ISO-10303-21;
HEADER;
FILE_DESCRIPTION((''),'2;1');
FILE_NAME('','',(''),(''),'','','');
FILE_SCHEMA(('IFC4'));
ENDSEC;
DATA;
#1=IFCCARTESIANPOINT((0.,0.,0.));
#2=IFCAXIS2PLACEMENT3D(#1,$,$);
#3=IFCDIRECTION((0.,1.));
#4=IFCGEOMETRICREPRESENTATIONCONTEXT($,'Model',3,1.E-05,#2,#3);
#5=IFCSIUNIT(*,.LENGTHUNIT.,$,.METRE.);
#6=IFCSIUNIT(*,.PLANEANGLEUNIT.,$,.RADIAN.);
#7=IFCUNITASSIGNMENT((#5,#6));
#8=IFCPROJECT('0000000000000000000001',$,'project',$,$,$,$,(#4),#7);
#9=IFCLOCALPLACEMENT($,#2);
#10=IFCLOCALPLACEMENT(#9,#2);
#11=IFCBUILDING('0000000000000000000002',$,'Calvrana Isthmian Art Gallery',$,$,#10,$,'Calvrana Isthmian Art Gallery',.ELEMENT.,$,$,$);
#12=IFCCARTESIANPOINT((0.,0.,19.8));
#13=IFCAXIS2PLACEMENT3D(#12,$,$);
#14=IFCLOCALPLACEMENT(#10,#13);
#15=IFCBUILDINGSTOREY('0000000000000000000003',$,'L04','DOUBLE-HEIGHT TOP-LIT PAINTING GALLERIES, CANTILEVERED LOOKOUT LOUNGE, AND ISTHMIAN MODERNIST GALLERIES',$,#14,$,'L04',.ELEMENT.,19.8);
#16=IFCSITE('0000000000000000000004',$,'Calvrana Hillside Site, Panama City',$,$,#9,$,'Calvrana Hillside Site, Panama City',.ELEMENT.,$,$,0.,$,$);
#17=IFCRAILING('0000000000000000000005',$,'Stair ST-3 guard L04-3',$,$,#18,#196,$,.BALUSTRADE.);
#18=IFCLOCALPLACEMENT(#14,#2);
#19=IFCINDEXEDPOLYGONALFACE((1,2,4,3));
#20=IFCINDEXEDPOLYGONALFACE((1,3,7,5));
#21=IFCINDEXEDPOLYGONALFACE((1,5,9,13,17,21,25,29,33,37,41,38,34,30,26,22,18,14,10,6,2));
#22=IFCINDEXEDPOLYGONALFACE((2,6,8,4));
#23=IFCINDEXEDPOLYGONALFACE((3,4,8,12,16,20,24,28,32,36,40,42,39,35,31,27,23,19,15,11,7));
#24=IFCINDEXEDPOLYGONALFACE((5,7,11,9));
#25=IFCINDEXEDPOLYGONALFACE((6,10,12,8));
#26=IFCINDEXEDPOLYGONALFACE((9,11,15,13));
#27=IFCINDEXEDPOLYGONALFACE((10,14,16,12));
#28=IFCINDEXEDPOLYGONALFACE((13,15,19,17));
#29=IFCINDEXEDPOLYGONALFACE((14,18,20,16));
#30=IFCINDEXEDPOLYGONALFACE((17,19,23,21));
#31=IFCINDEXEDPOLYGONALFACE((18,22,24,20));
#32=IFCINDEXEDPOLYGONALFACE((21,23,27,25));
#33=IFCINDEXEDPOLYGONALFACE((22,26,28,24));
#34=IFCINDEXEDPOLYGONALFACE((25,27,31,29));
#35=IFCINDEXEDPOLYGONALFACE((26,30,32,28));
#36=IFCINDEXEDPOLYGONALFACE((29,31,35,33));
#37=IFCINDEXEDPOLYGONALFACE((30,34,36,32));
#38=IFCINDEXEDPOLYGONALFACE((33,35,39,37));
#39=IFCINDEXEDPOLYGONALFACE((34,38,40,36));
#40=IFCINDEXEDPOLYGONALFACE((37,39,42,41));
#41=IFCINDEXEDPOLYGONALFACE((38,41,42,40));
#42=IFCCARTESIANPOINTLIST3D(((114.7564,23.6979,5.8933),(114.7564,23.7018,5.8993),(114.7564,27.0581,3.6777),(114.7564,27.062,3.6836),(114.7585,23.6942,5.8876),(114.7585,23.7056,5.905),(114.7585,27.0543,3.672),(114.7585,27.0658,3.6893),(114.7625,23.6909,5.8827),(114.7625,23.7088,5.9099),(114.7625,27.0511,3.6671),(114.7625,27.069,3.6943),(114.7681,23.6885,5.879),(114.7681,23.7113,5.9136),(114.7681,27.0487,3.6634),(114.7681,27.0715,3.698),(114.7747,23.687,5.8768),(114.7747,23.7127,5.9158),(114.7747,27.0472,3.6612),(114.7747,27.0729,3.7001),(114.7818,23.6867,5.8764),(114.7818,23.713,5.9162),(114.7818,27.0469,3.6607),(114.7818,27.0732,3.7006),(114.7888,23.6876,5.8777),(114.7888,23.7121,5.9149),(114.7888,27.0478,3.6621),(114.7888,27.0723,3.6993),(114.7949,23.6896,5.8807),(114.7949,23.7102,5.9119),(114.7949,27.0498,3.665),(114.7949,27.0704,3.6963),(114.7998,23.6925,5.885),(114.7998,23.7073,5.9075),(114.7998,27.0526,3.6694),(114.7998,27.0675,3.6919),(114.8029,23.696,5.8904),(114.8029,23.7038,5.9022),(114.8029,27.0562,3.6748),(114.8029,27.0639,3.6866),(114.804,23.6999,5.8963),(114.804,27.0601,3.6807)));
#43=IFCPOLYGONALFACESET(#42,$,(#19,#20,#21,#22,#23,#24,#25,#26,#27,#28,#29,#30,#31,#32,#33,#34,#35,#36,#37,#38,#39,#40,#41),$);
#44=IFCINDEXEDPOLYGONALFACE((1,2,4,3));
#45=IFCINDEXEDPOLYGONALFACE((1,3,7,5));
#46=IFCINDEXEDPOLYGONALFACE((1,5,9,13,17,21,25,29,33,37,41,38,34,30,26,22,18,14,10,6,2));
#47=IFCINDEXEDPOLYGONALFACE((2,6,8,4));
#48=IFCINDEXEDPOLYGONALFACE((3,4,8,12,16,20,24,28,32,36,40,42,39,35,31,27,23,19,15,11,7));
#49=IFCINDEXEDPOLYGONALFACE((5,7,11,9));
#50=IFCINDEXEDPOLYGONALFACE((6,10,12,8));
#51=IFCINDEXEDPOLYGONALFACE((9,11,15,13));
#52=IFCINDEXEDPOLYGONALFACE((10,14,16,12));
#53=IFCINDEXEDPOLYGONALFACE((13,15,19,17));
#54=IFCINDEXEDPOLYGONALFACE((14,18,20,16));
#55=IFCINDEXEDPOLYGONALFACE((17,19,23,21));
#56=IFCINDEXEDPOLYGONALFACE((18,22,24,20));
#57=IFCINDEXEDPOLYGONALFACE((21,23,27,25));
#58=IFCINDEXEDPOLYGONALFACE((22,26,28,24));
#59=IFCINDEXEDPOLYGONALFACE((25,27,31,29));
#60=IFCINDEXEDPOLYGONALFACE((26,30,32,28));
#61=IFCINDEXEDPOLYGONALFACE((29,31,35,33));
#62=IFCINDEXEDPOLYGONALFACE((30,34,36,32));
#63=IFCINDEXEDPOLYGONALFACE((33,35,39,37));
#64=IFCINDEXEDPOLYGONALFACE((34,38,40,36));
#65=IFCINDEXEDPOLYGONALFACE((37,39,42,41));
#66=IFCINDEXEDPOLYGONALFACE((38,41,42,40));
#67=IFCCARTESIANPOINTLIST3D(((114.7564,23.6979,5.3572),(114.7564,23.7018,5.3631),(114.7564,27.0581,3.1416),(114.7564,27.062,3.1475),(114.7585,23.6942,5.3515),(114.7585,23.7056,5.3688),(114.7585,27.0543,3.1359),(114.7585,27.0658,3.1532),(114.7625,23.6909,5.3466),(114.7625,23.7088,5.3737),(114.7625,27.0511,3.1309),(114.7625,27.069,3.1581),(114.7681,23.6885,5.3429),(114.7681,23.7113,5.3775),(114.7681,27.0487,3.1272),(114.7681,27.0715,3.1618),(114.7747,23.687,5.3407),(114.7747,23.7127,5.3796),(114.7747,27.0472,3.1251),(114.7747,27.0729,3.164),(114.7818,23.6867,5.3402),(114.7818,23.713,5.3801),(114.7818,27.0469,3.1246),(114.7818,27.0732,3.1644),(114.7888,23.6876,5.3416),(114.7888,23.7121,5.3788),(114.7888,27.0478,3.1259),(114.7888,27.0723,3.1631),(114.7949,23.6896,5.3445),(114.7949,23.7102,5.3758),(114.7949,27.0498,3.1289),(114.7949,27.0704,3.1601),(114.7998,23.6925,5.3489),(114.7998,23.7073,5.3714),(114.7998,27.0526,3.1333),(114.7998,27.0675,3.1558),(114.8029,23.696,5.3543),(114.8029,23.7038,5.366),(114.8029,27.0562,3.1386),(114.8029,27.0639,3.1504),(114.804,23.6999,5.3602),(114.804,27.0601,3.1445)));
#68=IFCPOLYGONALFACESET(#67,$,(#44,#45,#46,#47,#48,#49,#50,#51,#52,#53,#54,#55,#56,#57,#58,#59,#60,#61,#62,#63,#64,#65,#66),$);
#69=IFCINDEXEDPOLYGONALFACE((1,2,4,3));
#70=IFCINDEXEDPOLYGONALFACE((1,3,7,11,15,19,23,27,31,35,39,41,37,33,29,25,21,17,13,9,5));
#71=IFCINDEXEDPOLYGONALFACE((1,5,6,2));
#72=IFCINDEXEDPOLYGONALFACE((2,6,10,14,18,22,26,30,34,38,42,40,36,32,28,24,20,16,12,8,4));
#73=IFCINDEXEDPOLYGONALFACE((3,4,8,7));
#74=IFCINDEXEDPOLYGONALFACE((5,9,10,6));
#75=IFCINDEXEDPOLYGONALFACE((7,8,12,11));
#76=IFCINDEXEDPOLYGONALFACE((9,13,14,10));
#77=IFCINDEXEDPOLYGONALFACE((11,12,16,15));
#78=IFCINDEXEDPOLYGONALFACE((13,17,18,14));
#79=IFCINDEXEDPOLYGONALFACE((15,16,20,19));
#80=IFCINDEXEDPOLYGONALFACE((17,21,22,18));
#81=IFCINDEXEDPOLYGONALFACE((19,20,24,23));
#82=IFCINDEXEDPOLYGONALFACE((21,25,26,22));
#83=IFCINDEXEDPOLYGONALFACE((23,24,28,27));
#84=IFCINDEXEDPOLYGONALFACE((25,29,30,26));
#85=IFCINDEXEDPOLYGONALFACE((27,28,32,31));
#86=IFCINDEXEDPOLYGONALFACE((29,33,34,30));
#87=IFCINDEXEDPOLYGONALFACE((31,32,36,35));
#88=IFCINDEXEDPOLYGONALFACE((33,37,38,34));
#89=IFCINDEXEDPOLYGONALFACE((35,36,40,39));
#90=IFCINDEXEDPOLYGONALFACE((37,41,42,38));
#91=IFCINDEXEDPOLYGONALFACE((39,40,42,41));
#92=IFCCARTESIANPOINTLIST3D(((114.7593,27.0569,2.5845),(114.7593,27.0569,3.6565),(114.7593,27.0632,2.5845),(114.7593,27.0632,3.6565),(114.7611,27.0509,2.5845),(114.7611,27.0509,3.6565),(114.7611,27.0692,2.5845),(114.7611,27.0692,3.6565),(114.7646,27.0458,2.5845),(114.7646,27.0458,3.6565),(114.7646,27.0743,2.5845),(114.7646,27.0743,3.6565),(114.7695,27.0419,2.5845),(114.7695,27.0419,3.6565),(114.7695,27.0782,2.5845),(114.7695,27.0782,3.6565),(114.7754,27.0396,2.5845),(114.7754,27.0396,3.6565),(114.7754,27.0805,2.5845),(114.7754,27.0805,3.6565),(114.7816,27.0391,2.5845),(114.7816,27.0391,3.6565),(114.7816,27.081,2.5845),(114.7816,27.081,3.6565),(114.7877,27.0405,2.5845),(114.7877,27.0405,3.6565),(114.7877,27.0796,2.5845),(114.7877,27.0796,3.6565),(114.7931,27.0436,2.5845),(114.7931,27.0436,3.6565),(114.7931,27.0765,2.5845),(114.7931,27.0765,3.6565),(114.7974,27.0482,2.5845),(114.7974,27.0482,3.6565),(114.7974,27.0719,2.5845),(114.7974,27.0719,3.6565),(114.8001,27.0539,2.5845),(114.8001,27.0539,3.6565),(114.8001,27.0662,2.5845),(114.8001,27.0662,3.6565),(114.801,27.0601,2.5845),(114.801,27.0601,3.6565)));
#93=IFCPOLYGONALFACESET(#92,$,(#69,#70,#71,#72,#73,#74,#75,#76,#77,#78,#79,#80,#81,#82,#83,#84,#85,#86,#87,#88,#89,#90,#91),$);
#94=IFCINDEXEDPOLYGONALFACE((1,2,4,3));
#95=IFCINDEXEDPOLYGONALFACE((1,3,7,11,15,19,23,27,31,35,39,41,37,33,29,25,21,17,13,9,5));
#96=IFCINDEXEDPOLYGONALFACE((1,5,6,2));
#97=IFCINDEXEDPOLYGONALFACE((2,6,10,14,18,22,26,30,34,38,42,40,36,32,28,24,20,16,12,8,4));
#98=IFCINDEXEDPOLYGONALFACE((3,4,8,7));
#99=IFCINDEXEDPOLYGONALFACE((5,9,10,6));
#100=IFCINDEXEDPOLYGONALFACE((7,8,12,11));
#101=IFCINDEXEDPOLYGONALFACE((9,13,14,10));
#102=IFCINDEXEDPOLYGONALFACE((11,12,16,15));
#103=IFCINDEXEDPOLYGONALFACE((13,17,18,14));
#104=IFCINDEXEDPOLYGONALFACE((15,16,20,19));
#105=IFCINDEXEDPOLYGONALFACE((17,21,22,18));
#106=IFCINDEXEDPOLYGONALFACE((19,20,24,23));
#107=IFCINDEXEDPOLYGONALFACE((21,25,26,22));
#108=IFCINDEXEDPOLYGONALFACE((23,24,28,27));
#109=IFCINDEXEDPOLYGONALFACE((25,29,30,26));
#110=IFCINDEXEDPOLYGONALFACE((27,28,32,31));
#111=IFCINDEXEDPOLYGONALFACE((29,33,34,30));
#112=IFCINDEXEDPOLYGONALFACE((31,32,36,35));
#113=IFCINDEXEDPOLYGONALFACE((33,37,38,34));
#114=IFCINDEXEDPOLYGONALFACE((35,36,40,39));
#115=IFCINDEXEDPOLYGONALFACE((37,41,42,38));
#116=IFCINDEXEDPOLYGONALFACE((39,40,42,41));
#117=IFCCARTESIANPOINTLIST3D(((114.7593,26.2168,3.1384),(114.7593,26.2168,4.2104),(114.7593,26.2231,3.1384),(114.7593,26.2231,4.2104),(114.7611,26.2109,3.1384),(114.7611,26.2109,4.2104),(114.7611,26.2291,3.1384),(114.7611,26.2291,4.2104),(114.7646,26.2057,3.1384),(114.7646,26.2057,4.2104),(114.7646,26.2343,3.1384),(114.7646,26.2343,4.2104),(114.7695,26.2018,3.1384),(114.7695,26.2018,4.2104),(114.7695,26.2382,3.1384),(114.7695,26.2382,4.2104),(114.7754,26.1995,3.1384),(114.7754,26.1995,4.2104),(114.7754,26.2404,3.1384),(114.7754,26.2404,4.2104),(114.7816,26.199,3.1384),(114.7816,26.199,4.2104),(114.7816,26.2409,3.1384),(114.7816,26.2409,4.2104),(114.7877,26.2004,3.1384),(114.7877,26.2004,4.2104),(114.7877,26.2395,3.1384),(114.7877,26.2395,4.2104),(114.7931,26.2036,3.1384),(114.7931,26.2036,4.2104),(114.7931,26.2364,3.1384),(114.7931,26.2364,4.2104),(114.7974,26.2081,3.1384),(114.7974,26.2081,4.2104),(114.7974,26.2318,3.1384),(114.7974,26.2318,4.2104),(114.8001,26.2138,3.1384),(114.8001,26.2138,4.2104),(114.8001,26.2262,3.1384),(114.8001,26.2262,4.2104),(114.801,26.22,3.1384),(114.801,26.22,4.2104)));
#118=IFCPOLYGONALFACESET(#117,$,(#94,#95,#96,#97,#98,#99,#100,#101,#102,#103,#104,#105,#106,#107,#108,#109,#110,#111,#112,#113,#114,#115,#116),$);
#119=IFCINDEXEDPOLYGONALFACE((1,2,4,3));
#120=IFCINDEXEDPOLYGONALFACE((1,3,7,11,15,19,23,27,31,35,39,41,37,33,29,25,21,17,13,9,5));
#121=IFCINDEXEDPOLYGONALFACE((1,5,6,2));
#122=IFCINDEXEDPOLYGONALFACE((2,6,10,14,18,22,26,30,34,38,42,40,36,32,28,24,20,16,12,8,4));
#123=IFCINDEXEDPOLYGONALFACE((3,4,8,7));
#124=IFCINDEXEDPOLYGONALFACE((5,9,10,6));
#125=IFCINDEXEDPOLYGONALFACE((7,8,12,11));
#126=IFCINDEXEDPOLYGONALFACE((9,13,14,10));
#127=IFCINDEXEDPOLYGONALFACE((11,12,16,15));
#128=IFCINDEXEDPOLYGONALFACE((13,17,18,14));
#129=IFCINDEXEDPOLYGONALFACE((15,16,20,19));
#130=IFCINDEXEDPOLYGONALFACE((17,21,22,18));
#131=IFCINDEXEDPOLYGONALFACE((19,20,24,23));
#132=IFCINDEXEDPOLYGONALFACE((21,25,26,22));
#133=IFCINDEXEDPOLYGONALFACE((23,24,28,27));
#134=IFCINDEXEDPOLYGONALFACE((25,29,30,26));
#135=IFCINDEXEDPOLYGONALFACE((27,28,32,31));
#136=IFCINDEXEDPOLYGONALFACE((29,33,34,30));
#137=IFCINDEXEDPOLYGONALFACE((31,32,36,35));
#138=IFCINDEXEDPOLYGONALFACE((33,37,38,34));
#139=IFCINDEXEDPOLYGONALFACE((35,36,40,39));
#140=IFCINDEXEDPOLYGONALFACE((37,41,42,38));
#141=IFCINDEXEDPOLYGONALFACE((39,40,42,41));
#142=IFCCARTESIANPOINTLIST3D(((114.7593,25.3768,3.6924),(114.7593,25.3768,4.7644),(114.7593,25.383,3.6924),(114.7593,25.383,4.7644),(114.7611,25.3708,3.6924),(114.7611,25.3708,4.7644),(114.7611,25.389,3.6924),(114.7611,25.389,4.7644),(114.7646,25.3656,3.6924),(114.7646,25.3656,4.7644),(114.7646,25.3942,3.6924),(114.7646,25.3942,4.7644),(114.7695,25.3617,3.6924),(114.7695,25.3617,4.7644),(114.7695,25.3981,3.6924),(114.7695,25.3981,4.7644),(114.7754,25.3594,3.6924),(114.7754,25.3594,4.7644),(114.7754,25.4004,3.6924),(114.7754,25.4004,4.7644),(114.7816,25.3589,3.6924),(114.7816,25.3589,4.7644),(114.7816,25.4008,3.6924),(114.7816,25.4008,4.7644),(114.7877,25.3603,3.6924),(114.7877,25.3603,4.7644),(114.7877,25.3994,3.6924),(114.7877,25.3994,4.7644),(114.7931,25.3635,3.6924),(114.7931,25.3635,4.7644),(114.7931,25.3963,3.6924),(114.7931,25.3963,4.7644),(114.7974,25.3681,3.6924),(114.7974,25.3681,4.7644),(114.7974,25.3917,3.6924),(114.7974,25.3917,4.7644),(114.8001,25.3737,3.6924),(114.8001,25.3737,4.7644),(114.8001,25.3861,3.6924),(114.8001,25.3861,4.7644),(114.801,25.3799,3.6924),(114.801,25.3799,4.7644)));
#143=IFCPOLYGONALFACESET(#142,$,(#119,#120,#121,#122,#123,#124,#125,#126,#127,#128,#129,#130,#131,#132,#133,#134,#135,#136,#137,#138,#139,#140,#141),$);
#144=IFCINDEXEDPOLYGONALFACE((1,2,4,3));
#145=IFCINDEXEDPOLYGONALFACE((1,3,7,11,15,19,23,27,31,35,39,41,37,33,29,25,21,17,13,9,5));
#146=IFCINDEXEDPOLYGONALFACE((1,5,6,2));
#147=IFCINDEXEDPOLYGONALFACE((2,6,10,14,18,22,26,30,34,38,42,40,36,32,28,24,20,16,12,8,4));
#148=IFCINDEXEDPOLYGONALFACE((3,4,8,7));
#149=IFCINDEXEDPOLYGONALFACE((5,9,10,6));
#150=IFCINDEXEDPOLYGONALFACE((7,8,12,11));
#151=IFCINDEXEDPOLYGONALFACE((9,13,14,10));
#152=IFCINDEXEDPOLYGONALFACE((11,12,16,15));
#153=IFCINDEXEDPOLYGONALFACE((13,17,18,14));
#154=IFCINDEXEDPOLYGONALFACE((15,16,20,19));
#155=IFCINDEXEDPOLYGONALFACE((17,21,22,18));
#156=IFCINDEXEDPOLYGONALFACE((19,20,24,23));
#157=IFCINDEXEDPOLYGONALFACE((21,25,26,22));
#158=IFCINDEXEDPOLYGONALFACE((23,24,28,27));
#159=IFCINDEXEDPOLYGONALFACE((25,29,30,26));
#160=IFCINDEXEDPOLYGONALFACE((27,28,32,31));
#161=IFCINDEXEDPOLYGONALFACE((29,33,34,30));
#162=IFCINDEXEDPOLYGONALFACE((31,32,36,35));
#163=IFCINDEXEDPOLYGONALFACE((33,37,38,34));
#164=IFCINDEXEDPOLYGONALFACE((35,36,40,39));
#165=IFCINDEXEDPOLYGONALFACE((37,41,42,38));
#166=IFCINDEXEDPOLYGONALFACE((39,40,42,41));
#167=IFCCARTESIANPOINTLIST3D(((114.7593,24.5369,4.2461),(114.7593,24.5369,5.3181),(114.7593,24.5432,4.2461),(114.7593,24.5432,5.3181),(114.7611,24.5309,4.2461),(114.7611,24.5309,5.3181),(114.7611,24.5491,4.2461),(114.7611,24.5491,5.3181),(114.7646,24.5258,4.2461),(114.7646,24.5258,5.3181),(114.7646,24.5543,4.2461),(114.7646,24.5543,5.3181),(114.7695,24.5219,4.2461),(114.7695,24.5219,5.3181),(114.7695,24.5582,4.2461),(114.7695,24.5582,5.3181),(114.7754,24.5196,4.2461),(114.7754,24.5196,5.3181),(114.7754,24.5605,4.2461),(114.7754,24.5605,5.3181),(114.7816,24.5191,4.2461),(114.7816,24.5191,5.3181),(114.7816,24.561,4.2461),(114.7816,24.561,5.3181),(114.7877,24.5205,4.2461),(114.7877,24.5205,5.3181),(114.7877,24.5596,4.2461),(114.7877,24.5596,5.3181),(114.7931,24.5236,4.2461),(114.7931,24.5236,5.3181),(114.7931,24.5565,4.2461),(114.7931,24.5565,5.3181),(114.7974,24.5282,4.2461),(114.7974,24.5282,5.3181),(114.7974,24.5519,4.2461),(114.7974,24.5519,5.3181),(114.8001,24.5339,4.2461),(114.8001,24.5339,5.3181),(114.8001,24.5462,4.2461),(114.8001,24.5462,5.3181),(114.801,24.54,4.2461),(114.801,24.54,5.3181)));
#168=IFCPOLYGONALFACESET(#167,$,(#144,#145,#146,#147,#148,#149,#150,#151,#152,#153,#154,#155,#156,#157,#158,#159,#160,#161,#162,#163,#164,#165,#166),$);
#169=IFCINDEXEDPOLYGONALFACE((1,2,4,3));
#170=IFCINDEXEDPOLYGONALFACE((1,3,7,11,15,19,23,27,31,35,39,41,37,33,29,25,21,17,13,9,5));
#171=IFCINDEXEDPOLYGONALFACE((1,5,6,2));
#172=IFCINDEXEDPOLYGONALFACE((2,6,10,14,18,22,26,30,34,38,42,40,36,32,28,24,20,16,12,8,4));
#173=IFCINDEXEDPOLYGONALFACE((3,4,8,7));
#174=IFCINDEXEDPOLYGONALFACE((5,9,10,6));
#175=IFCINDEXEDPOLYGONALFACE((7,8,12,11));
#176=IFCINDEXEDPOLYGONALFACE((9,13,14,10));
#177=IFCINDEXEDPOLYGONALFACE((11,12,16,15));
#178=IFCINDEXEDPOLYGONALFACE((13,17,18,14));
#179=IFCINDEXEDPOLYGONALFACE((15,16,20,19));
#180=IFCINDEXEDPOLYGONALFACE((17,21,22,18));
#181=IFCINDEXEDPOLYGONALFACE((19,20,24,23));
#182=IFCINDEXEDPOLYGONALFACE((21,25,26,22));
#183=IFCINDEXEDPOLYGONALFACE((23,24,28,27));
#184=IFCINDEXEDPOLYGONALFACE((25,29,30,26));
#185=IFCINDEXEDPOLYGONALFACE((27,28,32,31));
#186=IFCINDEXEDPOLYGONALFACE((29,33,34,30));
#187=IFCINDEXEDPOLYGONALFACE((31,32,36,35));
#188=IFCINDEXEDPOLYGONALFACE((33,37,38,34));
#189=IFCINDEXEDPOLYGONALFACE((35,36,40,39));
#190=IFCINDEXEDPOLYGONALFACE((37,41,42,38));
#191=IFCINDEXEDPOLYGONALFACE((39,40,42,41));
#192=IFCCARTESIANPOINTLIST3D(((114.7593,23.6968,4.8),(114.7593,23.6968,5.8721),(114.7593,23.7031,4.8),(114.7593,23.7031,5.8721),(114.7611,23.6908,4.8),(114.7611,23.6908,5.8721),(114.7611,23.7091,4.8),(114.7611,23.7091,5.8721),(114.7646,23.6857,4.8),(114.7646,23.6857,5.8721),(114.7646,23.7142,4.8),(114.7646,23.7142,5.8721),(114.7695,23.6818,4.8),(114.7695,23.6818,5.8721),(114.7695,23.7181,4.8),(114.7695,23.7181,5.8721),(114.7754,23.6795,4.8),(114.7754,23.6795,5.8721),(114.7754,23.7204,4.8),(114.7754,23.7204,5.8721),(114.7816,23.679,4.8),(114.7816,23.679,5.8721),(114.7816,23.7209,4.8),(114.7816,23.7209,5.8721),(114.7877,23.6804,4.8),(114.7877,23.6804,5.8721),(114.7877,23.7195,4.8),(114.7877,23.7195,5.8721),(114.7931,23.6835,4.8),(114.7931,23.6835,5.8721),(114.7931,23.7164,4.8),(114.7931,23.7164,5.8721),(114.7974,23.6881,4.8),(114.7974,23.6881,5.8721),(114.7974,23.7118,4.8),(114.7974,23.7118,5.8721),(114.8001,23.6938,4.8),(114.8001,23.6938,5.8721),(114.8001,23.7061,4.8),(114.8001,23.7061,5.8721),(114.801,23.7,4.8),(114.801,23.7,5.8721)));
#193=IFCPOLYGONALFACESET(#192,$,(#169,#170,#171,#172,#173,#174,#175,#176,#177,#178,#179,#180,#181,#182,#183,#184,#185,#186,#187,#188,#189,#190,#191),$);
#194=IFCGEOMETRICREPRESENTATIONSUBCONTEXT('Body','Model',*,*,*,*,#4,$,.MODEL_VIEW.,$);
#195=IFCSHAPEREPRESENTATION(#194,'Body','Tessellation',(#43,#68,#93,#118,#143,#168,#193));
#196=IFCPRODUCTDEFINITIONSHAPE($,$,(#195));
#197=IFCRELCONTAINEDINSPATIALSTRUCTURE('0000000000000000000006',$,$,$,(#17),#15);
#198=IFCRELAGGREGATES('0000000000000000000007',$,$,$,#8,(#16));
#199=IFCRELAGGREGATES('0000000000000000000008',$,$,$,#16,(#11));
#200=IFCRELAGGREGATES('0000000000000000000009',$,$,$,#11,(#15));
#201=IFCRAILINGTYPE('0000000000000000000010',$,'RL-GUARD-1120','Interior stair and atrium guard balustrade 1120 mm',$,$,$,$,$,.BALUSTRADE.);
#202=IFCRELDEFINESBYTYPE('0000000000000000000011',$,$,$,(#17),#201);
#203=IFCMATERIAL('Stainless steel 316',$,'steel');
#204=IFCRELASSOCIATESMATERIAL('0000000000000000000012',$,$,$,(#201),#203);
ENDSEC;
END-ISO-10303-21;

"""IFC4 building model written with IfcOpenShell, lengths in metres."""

from ifc_helpers import new_model, si_unit, direction, frame, origin, origin_2d, place, context, subcontext, project, spatial, circle, extrude, material, type_object, element, save


model = new_model("IFC4")

# Units and contexts
model_context = context("Model", 3, precision=1e-05, world=origin(), true_north=direction((0.0, 1.0)))
body_context = subcontext(model_context, "Body", "Model", "MODEL_VIEW")
ifc_project = project(units=[si_unit("LENGTHUNIT", "METRE"), si_unit("PLANEANGLEUNIT", "RADIAN")], contexts=[model_context])

# Site, building, storey
site_placement = place(None, origin())
site = spatial("IfcSite", under=ifc_project, at=site_placement, Name="Calvrana Hillside Site, Panama City", LongName="Calvrana Hillside Site, Panama City", CompositionType="ELEMENT", RefElevation=0.0)
building_placement = place(site_placement, origin())
building = spatial("IfcBuilding", under=site, at=building_placement, Name="Calvrana Isthmian Art Gallery", LongName="Calvrana Isthmian Art Gallery", CompositionType="ELEMENT")
storey_placement = place(building_placement, frame((0.0, 0.0, 19.8)))
storey = spatial("IfcBuildingStorey", under=building, at=storey_placement, Name="L04", Description="DOUBLE-HEIGHT TOP-LIT PAINTING GALLERIES, CANTILEVERED LOOKOUT LOUNGE, AND ISTHMIAN MODERNIST GALLERIES", LongName="L04", CompositionType="ELEMENT", Elevation=19.8)

# Railing
ifc_material_1 = material(Name="Stainless steel 316", Category="steel")
railing_type_1 = type_object("IfcRailingType", Name="RL-GUARD-1120", Description="Interior stair and atrium guard balustrade 1120 mm", PredefinedType="BALUSTRADE", material=ifc_material_1)
railing_1_placement = place(storey_placement, frame((114.78, 27.0601, 2.5845)))
element("IfcRailing", 1, at=railing_1_placement, inside=storey, type_object=railing_type_1, Name="Stair ST-3 guard L04-3", PredefinedType="BALUSTRADE", context=body_context, shape_type="SweptSolid", body=[
    extrude(circle(Radius=0.0239, at=origin_2d()), frame((0.0, 0.0, 1.0962), z_axis=(0.0, -0.834849, 0.55048), x_axis=(1.0, 0.0, 0.0)), (0.0, 0.0, 1.0), 4.0249),
    extrude(circle(Radius=0.0239, at=origin_2d()), frame((0.0, 0.0, 0.5601), z_axis=(0.0, -0.834849, 0.55048), x_axis=(1.0, 0.0, 0.0)), (0.0, 0.0, 1.0), 4.0249),
    extrude(circle(Radius=0.021, at=origin_2d()), origin(), (0.0, 0.0, 1.0), 1.072),
    extrude(circle(Radius=0.021, at=origin_2d()), frame((0.0, -0.8401, 0.554)), (0.0, 0.0, 1.0), 1.072),
    extrude(circle(Radius=0.021, at=origin_2d()), frame((0.0, -1.6802, 1.1079)), (0.0, 0.0, 1.0), 1.072),
    extrude(circle(Radius=0.021, at=origin_2d()), frame((0.0, -2.52, 1.6616)), (0.0, 0.0, 1.0), 1.072),
    extrude(circle(Radius=0.021, at=origin_2d()), frame((0.0, -3.3601, 2.2156)), (0.0, 0.0, 1.0), 1.072),
])

save(model, "model.ifc")
